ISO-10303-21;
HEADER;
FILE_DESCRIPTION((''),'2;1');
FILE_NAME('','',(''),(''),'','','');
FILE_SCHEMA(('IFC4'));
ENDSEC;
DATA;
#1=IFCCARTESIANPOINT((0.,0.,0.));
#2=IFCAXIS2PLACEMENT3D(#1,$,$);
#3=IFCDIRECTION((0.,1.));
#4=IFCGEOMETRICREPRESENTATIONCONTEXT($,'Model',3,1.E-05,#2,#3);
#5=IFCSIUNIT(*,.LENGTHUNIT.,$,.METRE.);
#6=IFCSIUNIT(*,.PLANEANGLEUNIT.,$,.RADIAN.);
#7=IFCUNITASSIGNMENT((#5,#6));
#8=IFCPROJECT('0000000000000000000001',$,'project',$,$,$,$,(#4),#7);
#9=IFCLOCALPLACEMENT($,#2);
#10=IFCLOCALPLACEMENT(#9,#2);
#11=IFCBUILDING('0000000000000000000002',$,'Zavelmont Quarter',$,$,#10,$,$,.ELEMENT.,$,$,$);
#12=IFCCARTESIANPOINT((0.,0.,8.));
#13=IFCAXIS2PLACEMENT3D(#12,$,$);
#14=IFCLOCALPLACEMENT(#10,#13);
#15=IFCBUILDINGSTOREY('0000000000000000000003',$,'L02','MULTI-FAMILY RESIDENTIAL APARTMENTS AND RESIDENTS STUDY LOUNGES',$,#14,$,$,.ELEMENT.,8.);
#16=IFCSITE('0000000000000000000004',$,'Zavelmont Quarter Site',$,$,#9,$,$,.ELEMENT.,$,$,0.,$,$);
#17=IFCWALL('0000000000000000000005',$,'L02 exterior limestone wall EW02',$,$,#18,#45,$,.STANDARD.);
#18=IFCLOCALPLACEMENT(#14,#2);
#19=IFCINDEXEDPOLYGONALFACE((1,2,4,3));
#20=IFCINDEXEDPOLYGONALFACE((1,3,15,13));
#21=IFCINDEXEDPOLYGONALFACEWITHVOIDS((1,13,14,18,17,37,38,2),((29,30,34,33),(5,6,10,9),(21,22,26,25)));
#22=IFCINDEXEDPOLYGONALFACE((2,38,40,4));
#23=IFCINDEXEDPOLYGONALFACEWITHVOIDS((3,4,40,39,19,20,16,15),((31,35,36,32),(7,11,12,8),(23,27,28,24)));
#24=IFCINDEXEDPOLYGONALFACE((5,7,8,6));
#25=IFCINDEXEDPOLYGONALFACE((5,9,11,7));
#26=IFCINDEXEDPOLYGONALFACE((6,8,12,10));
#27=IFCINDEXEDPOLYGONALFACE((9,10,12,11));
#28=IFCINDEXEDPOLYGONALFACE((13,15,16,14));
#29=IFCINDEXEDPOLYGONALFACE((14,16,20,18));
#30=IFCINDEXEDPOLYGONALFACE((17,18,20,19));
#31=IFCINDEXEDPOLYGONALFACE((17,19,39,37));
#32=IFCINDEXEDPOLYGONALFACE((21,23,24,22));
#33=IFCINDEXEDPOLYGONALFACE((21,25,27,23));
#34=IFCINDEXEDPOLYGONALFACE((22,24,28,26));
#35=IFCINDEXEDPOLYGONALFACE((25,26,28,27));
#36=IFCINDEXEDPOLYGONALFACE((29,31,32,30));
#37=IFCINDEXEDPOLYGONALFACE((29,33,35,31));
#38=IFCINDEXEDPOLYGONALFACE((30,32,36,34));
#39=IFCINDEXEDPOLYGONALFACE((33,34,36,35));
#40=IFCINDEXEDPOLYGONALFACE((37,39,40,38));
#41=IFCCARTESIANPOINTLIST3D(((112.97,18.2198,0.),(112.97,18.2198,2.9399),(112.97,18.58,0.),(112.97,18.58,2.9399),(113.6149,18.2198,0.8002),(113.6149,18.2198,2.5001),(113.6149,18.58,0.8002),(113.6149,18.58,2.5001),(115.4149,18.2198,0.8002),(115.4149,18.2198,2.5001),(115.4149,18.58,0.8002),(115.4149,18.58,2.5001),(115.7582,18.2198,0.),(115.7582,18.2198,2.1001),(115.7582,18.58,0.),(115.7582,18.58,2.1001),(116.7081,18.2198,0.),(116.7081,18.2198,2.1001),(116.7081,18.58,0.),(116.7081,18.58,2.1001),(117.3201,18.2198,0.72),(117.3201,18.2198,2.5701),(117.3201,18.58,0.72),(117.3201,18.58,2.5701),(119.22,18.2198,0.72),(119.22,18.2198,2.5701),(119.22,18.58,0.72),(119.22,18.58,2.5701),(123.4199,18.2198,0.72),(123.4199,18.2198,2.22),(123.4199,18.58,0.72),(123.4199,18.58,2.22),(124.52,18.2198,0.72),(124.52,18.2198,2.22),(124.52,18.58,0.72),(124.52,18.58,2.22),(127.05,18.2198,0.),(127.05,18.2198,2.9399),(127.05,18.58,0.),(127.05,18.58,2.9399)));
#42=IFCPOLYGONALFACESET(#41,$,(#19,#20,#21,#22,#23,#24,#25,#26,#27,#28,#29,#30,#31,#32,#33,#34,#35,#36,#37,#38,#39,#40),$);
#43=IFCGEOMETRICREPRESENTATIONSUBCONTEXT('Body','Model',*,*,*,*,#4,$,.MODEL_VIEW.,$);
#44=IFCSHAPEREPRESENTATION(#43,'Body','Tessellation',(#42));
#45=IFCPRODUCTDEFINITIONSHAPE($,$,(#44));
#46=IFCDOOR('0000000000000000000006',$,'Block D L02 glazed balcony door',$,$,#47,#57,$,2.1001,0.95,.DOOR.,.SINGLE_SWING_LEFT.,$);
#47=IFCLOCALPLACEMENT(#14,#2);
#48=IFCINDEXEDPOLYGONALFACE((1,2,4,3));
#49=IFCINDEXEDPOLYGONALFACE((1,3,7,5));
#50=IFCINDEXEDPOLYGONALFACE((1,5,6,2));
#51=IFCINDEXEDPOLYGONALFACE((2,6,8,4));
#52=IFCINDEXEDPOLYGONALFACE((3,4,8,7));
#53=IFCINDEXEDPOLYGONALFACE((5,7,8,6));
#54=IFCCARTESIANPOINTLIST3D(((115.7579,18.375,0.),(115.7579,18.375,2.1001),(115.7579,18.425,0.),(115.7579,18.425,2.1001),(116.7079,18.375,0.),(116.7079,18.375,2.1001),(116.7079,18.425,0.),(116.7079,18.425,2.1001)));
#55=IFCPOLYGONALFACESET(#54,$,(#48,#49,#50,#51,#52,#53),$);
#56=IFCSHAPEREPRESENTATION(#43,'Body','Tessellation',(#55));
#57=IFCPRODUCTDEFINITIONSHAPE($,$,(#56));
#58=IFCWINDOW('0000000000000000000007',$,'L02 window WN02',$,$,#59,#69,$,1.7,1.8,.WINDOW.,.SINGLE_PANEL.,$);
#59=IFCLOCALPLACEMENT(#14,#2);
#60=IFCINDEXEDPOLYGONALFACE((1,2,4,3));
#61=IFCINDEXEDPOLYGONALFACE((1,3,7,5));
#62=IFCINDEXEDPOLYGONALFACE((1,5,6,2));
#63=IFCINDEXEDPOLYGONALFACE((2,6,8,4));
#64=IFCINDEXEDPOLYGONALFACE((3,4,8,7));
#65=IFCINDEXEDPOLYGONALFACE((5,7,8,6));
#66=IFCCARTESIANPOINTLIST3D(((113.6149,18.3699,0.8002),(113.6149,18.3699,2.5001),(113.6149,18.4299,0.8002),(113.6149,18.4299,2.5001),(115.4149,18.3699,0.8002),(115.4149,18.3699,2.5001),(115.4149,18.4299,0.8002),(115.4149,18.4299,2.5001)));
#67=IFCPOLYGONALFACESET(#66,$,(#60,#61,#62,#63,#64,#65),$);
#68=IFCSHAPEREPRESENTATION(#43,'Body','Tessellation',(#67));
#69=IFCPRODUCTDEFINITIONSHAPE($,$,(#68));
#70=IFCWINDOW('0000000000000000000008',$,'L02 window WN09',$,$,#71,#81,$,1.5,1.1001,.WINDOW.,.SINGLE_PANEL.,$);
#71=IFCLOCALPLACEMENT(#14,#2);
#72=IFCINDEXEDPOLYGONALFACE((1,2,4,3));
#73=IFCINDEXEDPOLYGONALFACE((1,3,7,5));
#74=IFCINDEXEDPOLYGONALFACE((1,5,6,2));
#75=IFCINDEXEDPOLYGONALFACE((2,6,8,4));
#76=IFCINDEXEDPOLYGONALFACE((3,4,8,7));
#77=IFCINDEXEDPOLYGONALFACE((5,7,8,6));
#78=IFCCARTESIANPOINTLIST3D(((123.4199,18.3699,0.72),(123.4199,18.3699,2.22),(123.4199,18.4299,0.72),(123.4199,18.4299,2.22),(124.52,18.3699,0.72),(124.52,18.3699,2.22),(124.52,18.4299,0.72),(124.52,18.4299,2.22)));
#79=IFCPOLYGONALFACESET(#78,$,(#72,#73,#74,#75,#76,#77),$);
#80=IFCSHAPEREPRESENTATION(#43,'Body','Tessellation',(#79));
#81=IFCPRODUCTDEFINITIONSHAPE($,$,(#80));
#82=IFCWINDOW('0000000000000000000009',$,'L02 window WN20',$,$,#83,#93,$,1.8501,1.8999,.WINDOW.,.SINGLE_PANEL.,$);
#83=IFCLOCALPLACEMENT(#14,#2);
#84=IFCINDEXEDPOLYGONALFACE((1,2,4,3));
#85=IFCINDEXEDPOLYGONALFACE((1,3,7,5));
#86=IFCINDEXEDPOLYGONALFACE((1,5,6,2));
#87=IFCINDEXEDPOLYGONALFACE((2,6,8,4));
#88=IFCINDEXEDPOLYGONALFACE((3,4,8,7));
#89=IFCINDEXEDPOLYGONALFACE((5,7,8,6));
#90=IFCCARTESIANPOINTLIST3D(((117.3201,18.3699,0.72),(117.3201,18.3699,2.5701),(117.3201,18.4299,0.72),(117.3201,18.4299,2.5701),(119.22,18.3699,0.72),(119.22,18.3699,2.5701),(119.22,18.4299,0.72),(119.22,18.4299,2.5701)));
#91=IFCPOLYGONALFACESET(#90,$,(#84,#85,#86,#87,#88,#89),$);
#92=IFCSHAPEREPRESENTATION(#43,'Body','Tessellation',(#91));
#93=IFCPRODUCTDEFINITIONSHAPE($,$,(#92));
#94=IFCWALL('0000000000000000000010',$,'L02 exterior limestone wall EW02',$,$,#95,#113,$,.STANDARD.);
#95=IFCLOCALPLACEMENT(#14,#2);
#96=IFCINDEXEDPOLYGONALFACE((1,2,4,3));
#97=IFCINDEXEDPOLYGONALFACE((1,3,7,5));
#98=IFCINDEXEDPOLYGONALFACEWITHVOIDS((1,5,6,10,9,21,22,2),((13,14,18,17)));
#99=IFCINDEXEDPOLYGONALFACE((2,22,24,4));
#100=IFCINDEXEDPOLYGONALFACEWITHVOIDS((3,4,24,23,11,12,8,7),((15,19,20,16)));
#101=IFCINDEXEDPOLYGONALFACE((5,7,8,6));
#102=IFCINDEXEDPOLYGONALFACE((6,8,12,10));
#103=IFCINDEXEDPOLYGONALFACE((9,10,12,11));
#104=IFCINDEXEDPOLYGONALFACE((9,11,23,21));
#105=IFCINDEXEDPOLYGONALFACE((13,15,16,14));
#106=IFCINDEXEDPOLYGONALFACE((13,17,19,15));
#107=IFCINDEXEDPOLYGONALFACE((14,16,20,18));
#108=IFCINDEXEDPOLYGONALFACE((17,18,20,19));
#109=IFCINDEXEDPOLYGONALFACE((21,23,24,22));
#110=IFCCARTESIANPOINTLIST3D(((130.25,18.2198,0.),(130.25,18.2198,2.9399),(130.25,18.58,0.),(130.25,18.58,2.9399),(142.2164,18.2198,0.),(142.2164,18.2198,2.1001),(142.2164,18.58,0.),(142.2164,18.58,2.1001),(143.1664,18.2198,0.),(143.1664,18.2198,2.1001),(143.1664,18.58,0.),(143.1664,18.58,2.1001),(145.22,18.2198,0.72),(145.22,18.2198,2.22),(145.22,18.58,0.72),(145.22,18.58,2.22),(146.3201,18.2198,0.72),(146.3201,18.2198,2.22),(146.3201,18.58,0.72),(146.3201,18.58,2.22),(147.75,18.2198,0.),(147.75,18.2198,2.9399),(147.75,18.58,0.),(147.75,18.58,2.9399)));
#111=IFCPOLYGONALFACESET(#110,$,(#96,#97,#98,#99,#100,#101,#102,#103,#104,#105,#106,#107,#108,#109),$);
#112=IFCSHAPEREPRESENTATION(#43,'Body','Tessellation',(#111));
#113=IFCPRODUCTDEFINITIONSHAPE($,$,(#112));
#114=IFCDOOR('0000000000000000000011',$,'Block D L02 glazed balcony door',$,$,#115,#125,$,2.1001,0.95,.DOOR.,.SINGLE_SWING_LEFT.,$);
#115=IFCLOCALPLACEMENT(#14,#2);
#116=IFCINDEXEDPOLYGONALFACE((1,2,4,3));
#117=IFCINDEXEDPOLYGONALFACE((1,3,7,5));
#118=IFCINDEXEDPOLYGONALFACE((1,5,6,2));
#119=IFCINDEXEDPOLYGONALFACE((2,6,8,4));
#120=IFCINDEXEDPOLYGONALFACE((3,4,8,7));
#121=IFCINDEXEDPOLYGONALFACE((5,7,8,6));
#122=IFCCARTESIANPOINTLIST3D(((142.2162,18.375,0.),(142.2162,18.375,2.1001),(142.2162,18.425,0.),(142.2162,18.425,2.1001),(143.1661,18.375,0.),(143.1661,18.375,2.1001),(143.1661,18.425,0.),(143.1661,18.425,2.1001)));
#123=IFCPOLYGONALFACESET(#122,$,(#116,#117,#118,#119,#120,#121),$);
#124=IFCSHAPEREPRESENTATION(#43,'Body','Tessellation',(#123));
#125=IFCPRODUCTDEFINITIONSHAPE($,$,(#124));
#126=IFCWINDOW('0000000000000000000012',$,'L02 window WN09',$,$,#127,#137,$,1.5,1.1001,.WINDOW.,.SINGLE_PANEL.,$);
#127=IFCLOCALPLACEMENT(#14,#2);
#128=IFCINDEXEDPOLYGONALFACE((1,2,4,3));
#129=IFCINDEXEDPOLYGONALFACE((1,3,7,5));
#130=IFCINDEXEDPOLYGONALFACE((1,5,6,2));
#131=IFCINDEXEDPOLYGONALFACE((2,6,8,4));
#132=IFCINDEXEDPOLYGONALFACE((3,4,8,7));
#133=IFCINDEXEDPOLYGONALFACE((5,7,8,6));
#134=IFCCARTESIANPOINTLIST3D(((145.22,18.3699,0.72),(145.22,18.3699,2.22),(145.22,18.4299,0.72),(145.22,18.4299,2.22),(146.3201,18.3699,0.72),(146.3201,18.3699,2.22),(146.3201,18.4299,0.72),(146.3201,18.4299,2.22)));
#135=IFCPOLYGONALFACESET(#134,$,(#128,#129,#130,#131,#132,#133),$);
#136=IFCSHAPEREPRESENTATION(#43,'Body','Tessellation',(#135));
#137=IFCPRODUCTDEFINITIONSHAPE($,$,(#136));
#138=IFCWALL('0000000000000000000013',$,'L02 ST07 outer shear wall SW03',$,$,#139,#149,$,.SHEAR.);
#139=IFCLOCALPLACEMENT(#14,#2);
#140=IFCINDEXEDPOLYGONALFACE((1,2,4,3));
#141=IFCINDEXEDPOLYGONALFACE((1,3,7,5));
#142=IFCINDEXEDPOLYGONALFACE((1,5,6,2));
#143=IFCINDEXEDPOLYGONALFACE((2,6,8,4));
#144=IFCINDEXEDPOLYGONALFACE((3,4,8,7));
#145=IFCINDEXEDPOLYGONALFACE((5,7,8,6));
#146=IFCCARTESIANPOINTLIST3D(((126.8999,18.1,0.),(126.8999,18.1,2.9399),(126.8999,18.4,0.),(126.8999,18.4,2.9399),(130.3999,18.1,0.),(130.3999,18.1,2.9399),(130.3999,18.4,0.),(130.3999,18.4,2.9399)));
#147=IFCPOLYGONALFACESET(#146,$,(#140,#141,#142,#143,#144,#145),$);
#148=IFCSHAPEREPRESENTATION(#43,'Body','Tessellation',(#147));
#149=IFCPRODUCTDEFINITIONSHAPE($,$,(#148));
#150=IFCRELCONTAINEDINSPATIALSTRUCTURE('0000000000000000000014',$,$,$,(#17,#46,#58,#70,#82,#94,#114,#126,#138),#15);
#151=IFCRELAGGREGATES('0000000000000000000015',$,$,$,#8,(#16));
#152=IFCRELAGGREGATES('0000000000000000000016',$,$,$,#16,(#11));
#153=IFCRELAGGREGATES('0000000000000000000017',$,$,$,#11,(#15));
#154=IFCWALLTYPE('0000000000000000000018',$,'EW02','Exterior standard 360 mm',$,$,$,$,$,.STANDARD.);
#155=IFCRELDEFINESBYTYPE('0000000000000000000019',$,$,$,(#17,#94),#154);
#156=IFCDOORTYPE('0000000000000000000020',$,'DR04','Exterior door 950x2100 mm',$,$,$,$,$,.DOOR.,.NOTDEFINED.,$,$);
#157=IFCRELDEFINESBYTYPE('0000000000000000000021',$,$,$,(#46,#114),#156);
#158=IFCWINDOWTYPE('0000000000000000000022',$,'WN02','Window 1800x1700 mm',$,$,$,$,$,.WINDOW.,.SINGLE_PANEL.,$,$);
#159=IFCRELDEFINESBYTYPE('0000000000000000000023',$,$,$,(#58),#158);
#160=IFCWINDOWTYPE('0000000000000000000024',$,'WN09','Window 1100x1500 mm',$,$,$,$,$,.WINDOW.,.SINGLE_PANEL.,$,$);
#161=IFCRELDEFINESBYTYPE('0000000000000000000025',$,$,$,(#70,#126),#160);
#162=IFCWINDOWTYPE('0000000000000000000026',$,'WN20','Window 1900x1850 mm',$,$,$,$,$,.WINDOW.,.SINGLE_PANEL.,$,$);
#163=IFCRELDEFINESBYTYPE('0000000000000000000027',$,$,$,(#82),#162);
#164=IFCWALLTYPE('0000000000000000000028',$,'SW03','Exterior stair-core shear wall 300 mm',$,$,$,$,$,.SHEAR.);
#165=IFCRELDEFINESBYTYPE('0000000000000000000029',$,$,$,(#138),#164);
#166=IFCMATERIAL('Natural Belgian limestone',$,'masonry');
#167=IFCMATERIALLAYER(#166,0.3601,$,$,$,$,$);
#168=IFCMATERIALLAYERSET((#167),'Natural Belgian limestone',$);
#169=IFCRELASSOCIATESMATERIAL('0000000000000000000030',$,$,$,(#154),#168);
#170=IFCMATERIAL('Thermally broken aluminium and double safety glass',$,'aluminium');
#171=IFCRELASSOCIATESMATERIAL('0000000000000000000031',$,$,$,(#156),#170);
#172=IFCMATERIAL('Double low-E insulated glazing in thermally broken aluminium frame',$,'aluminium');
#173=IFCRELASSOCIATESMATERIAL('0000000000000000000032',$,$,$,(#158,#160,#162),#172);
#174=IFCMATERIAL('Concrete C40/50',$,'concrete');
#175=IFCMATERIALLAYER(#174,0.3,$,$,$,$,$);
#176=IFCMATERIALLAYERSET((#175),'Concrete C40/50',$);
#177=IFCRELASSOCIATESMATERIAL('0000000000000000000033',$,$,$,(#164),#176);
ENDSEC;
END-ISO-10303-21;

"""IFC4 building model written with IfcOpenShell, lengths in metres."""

from ifc_helpers import new_model, si_unit, direction, frame, frame_2d, origin, origin_with_axes, place, context, subcontext, project, spatial, rectangle, extrude, material, layer, layer_set, type_object, element, fill, save


model = new_model("IFC4")

# Units and contexts
model_context = context("Model", 3, precision=1e-05, world=origin(), true_north=direction((0.0, 1.0)))
body_context = subcontext(model_context, "Body", "Model", "MODEL_VIEW")
ifc_project = project(units=[si_unit("LENGTHUNIT", "METRE"), si_unit("PLANEANGLEUNIT", "RADIAN")], contexts=[model_context])

# Site, building, storey
site_placement = place(None, origin())
site = spatial("IfcSite", under=ifc_project, at=site_placement, Name="Zavelmont Quarter Site", CompositionType="ELEMENT", RefElevation=0.0)
building_placement = place(site_placement, origin())
building = spatial("IfcBuilding", under=site, at=building_placement, Name="Zavelmont Quarter", CompositionType="ELEMENT")
storey_placement = place(building_placement, frame((0.0, 0.0, 8.0)))
storey = spatial("IfcBuildingStorey", under=building, at=storey_placement, Name="L02", Description="MULTI-FAMILY RESIDENTIAL APARTMENTS AND RESIDENTS STUDY LOUNGES", CompositionType="ELEMENT", Elevation=8.0)

# Shared definitions
ifc_material_1 = material(Name="Concrete C40/50", Category="concrete")

# Wall, openings, door, windows
ifc_material_2 = material(Name="Natural Belgian limestone", Category="masonry")
ifc_layer_1 = layer(ifc_material_2, 0.3601)
ifc_layer_set_1 = layer_set([ifc_layer_1], Name="Natural Belgian limestone")
wall_type_1 = type_object("IfcWallType", Name="EW02", Description="Exterior standard 360 mm", PredefinedType="STANDARD", material=ifc_layer_set_1)
wall_1_placement = place(storey_placement, frame((112.97, 18.3999, 0.0), z_axis=(0.0, 0.0, 1.0), x_axis=(1.0, 0.0, 0.0)))
wall_1 = element("IfcWall", 1, at=wall_1_placement, inside=storey, type_object=wall_type_1, Name="L02 exterior limestone wall EW02", PredefinedType="STANDARD", context=body_context, shape_type="SweptSolid", body=[
    extrude(rectangle(XDim=14.0801, YDim=0.3601, at=frame_2d((7.04, 0.0))), origin(), (0.0, 0.0, 1.0), 2.9399),
])
opening_1_placement = place(wall_1_placement, frame((2.7881, 0.0, 0.0)))
opening_1 = element("IfcOpeningElement", 2, at=opening_1_placement, cuts=wall_1, PredefinedType="OPENING", context=body_context, shape_type="SweptSolid", body=[
    extrude(rectangle(XDim=0.95, YDim=2.1001, at=frame_2d((0.4751, 1.05))), frame((0.0, 0.1919, 0.0), z_axis=(0.0, -1.0, 0.0), x_axis=(1.0, 0.0, 0.0)), (0.0, 0.0, 1.0), 0.384),
])
opening_2_placement = place(wall_1_placement, frame((0.645, 0.0, 0.8)))
opening_2 = element("IfcOpeningElement", 3, at=opening_2_placement, cuts=wall_1, PredefinedType="OPENING", context=body_context, shape_type="SweptSolid", body=[
    extrude(rectangle(XDim=1.8, YDim=1.7, at=frame_2d((0.8999, 0.8501))), frame((0.0, 0.1919, 0.0), z_axis=(0.0, -1.0, 0.0), x_axis=(1.0, 0.0, 0.0)), (0.0, 0.0, 1.0), 0.384),
])
opening_3_placement = place(wall_1_placement, frame((4.3501, 0.0, 0.72)))
opening_3 = element("IfcOpeningElement", 4, at=opening_3_placement, cuts=wall_1, PredefinedType="OPENING", context=body_context, shape_type="SweptSolid", body=[
    extrude(rectangle(XDim=1.8999, YDim=1.8501, at=frame_2d((0.95, 0.925))), frame((0.0, 0.1919, 0.0), z_axis=(0.0, -1.0, 0.0), x_axis=(1.0, 0.0, 0.0)), (0.0, 0.0, 1.0), 0.384),
])
opening_4_placement = place(wall_1_placement, frame((10.45, 0.0, 0.72)))
opening_4 = element("IfcOpeningElement", 5, at=opening_4_placement, cuts=wall_1, PredefinedType="OPENING", context=body_context, shape_type="SweptSolid", body=[
    extrude(rectangle(XDim=1.1001, YDim=1.5, at=frame_2d((0.55, 0.75))), frame((0.0, 0.1919, 0.0), z_axis=(0.0, -1.0, 0.0), x_axis=(1.0, 0.0, 0.0)), (0.0, 0.0, 1.0), 0.384),
])
ifc_material_3 = material(Name="Thermally broken aluminium and double safety glass", Category="aluminium")
door_type = type_object("IfcDoorType", Name="DR04", Description="Exterior door 950x2100 mm", OperationType="NOTDEFINED", PredefinedType="DOOR", material=ifc_material_3)
door_1_placement = place(opening_1_placement, frame((0.95, 0.0, 0.0), z_axis=(0.0, 0.0, 1.0), x_axis=(-1.0, 0.0, 0.0)))
door_1 = element("IfcDoor", 6, at=door_1_placement, inside=storey, type_object=door_type, Name="Block D L02 glazed balcony door", OperationType="SINGLE_SWING_LEFT", OverallHeight=2.1001, OverallWidth=0.95, PredefinedType="DOOR", context=body_context, shape_type="SweptSolid", body=[
    extrude(rectangle(XDim=0.95, YDim=2.1001, at=frame_2d((0.4751, 1.05))), frame((0.0, 0.0249, 0.0), z_axis=(0.0, -1.0, 0.0), x_axis=(1.0, 0.0, 0.0)), (0.0, 0.0, 1.0), 0.05),
])
fill(opening_1, door_1)
ifc_material_4 = material(Name="Double low-E insulated glazing in thermally broken aluminium frame", Category="aluminium")
window_type_1 = type_object("IfcWindowType", Name="WN02", Description="Window 1800x1700 mm", PartitioningType="SINGLE_PANEL", PredefinedType="WINDOW", material=ifc_material_4)
window_1_placement = place(opening_2_placement, origin_with_axes())
window_1 = element("IfcWindow", 7, at=window_1_placement, inside=storey, type_object=window_type_1, Name="L02 window WN02", OverallHeight=1.7, OverallWidth=1.8, PartitioningType="SINGLE_PANEL", PredefinedType="WINDOW", context=body_context, shape_type="SweptSolid", body=[
    extrude(rectangle(XDim=1.8, YDim=1.7, at=frame_2d((0.8999, 0.8501))), frame((0.0, 0.03, 0.0), z_axis=(0.0, -1.0, 0.0), x_axis=(1.0, 0.0, 0.0)), (0.0, 0.0, 1.0), 0.0601),
])
fill(opening_2, window_1)
window_type_2 = type_object("IfcWindowType", Name="WN09", Description="Window 1100x1500 mm", PartitioningType="SINGLE_PANEL", PredefinedType="WINDOW", material=ifc_material_4)
window_2_placement = place(opening_4_placement, origin_with_axes())
window_2 = element("IfcWindow", 8, at=window_2_placement, inside=storey, type_object=window_type_2, Name="L02 window WN09", OverallHeight=1.5, OverallWidth=1.1001, PartitioningType="SINGLE_PANEL", PredefinedType="WINDOW", context=body_context, shape_type="SweptSolid", body=[
    extrude(rectangle(XDim=1.1001, YDim=1.5, at=frame_2d((0.55, 0.75))), frame((0.0, 0.03, 0.0), z_axis=(0.0, -1.0, 0.0), x_axis=(1.0, 0.0, 0.0)), (0.0, 0.0, 1.0), 0.0601),
])
fill(opening_4, window_2)
window_type_3 = type_object("IfcWindowType", Name="WN20", Description="Window 1900x1850 mm", PartitioningType="SINGLE_PANEL", PredefinedType="WINDOW", material=ifc_material_4)
window_3_placement = place(opening_3_placement, origin_with_axes())
window_3 = element("IfcWindow", 9, at=window_3_placement, inside=storey, type_object=window_type_3, Name="L02 window WN20", OverallHeight=1.8501, OverallWidth=1.8999, PartitioningType="SINGLE_PANEL", PredefinedType="WINDOW", context=body_context, shape_type="SweptSolid", body=[
    extrude(rectangle(XDim=1.8999, YDim=1.8501, at=frame_2d((0.95, 0.925))), frame((0.0, 0.03, 0.0), z_axis=(0.0, -1.0, 0.0), x_axis=(1.0, 0.0, 0.0)), (0.0, 0.0, 1.0), 0.0601),
])
fill(opening_3, window_3)

# Wall, openings, door, window
wall_2_placement = place(storey_placement, frame((130.25, 18.3999, 0.0), z_axis=(0.0, 0.0, 1.0), x_axis=(1.0, 0.0, 0.0)))
wall_2 = element("IfcWall", 10, at=wall_2_placement, inside=storey, type_object=wall_type_1, Name="L02 exterior limestone wall EW02", PredefinedType="STANDARD", context=body_context, shape_type="SweptSolid", body=[
    extrude(rectangle(XDim=17.5, YDim=0.3601, at=frame_2d((8.75, 0.0))), origin(), (0.0, 0.0, 1.0), 2.9399),
])
opening_5_placement = place(wall_2_placement, frame((11.9663, 0.0, 0.0)))
opening_5 = element("IfcOpeningElement", 11, at=opening_5_placement, cuts=wall_2, PredefinedType="OPENING", context=body_context, shape_type="SweptSolid", body=[
    extrude(rectangle(XDim=0.95, YDim=2.1001, at=frame_2d((0.4751, 1.05))), frame((0.0, 0.1919, 0.0), z_axis=(0.0, -1.0, 0.0), x_axis=(1.0, 0.0, 0.0)), (0.0, 0.0, 1.0), 0.384),
])
opening_6_placement = place(wall_2_placement, frame((14.97, 0.0, 0.72)))
opening_6 = element("IfcOpeningElement", 12, at=opening_6_placement, cuts=wall_2, PredefinedType="OPENING", context=body_context, shape_type="SweptSolid", body=[
    extrude(rectangle(XDim=1.1001, YDim=1.5, at=frame_2d((0.55, 0.75))), frame((0.0, 0.1919, 0.0), z_axis=(0.0, -1.0, 0.0), x_axis=(1.0, 0.0, 0.0)), (0.0, 0.0, 1.0), 0.384),
])
door_2_placement = place(opening_5_placement, frame((0.95, 0.0, 0.0), z_axis=(0.0, 0.0, 1.0), x_axis=(-1.0, 0.0, 0.0)))
door_2 = element("IfcDoor", 13, at=door_2_placement, inside=storey, type_object=door_type, Name="Block D L02 glazed balcony door", OperationType="SINGLE_SWING_LEFT", OverallHeight=2.1001, OverallWidth=0.95, PredefinedType="DOOR", context=body_context, shape_type="SweptSolid", body=[
    extrude(rectangle(XDim=0.95, YDim=2.1001, at=frame_2d((0.4751, 1.05))), frame((0.0, 0.0249, 0.0), z_axis=(0.0, -1.0, 0.0), x_axis=(1.0, 0.0, 0.0)), (0.0, 0.0, 1.0), 0.05),
])
fill(opening_5, door_2)
window_4_placement = place(opening_6_placement, origin_with_axes())
window_4 = element("IfcWindow", 14, at=window_4_placement, inside=storey, type_object=window_type_2, Name="L02 window WN09", OverallHeight=1.5, OverallWidth=1.1001, PartitioningType="SINGLE_PANEL", PredefinedType="WINDOW", context=body_context, shape_type="SweptSolid", body=[
    extrude(rectangle(XDim=1.1001, YDim=1.5, at=frame_2d((0.55, 0.75))), frame((0.0, 0.03, 0.0), z_axis=(0.0, -1.0, 0.0), x_axis=(1.0, 0.0, 0.0)), (0.0, 0.0, 1.0), 0.0601),
])
fill(opening_6, window_4)

# Wall
ifc_layer_2 = layer(ifc_material_1, 0.3)
ifc_layer_set_2 = layer_set([ifc_layer_2], Name="Concrete C40/50")
wall_type_2 = type_object("IfcWallType", Name="SW03", Description="Exterior stair-core shear wall 300 mm", PredefinedType="SHEAR", material=ifc_layer_set_2)
wall_3_placement = place(storey_placement, frame((126.8999, 18.25, 0.0), z_axis=(0.0, 0.0, 1.0), x_axis=(1.0, 0.0, 0.0)))
element("IfcWall", 15, at=wall_3_placement, inside=storey, type_object=wall_type_2, Name="L02 ST07 outer shear wall SW03", PredefinedType="SHEAR", context=body_context, shape_type="SweptSolid", body=[
    extrude(rectangle(XDim=3.5, YDim=0.3, at=frame_2d((1.75, 0.0))), origin(), (0.0, 0.0, 1.0), 2.9399),
])

save(model, "model.ifc")
